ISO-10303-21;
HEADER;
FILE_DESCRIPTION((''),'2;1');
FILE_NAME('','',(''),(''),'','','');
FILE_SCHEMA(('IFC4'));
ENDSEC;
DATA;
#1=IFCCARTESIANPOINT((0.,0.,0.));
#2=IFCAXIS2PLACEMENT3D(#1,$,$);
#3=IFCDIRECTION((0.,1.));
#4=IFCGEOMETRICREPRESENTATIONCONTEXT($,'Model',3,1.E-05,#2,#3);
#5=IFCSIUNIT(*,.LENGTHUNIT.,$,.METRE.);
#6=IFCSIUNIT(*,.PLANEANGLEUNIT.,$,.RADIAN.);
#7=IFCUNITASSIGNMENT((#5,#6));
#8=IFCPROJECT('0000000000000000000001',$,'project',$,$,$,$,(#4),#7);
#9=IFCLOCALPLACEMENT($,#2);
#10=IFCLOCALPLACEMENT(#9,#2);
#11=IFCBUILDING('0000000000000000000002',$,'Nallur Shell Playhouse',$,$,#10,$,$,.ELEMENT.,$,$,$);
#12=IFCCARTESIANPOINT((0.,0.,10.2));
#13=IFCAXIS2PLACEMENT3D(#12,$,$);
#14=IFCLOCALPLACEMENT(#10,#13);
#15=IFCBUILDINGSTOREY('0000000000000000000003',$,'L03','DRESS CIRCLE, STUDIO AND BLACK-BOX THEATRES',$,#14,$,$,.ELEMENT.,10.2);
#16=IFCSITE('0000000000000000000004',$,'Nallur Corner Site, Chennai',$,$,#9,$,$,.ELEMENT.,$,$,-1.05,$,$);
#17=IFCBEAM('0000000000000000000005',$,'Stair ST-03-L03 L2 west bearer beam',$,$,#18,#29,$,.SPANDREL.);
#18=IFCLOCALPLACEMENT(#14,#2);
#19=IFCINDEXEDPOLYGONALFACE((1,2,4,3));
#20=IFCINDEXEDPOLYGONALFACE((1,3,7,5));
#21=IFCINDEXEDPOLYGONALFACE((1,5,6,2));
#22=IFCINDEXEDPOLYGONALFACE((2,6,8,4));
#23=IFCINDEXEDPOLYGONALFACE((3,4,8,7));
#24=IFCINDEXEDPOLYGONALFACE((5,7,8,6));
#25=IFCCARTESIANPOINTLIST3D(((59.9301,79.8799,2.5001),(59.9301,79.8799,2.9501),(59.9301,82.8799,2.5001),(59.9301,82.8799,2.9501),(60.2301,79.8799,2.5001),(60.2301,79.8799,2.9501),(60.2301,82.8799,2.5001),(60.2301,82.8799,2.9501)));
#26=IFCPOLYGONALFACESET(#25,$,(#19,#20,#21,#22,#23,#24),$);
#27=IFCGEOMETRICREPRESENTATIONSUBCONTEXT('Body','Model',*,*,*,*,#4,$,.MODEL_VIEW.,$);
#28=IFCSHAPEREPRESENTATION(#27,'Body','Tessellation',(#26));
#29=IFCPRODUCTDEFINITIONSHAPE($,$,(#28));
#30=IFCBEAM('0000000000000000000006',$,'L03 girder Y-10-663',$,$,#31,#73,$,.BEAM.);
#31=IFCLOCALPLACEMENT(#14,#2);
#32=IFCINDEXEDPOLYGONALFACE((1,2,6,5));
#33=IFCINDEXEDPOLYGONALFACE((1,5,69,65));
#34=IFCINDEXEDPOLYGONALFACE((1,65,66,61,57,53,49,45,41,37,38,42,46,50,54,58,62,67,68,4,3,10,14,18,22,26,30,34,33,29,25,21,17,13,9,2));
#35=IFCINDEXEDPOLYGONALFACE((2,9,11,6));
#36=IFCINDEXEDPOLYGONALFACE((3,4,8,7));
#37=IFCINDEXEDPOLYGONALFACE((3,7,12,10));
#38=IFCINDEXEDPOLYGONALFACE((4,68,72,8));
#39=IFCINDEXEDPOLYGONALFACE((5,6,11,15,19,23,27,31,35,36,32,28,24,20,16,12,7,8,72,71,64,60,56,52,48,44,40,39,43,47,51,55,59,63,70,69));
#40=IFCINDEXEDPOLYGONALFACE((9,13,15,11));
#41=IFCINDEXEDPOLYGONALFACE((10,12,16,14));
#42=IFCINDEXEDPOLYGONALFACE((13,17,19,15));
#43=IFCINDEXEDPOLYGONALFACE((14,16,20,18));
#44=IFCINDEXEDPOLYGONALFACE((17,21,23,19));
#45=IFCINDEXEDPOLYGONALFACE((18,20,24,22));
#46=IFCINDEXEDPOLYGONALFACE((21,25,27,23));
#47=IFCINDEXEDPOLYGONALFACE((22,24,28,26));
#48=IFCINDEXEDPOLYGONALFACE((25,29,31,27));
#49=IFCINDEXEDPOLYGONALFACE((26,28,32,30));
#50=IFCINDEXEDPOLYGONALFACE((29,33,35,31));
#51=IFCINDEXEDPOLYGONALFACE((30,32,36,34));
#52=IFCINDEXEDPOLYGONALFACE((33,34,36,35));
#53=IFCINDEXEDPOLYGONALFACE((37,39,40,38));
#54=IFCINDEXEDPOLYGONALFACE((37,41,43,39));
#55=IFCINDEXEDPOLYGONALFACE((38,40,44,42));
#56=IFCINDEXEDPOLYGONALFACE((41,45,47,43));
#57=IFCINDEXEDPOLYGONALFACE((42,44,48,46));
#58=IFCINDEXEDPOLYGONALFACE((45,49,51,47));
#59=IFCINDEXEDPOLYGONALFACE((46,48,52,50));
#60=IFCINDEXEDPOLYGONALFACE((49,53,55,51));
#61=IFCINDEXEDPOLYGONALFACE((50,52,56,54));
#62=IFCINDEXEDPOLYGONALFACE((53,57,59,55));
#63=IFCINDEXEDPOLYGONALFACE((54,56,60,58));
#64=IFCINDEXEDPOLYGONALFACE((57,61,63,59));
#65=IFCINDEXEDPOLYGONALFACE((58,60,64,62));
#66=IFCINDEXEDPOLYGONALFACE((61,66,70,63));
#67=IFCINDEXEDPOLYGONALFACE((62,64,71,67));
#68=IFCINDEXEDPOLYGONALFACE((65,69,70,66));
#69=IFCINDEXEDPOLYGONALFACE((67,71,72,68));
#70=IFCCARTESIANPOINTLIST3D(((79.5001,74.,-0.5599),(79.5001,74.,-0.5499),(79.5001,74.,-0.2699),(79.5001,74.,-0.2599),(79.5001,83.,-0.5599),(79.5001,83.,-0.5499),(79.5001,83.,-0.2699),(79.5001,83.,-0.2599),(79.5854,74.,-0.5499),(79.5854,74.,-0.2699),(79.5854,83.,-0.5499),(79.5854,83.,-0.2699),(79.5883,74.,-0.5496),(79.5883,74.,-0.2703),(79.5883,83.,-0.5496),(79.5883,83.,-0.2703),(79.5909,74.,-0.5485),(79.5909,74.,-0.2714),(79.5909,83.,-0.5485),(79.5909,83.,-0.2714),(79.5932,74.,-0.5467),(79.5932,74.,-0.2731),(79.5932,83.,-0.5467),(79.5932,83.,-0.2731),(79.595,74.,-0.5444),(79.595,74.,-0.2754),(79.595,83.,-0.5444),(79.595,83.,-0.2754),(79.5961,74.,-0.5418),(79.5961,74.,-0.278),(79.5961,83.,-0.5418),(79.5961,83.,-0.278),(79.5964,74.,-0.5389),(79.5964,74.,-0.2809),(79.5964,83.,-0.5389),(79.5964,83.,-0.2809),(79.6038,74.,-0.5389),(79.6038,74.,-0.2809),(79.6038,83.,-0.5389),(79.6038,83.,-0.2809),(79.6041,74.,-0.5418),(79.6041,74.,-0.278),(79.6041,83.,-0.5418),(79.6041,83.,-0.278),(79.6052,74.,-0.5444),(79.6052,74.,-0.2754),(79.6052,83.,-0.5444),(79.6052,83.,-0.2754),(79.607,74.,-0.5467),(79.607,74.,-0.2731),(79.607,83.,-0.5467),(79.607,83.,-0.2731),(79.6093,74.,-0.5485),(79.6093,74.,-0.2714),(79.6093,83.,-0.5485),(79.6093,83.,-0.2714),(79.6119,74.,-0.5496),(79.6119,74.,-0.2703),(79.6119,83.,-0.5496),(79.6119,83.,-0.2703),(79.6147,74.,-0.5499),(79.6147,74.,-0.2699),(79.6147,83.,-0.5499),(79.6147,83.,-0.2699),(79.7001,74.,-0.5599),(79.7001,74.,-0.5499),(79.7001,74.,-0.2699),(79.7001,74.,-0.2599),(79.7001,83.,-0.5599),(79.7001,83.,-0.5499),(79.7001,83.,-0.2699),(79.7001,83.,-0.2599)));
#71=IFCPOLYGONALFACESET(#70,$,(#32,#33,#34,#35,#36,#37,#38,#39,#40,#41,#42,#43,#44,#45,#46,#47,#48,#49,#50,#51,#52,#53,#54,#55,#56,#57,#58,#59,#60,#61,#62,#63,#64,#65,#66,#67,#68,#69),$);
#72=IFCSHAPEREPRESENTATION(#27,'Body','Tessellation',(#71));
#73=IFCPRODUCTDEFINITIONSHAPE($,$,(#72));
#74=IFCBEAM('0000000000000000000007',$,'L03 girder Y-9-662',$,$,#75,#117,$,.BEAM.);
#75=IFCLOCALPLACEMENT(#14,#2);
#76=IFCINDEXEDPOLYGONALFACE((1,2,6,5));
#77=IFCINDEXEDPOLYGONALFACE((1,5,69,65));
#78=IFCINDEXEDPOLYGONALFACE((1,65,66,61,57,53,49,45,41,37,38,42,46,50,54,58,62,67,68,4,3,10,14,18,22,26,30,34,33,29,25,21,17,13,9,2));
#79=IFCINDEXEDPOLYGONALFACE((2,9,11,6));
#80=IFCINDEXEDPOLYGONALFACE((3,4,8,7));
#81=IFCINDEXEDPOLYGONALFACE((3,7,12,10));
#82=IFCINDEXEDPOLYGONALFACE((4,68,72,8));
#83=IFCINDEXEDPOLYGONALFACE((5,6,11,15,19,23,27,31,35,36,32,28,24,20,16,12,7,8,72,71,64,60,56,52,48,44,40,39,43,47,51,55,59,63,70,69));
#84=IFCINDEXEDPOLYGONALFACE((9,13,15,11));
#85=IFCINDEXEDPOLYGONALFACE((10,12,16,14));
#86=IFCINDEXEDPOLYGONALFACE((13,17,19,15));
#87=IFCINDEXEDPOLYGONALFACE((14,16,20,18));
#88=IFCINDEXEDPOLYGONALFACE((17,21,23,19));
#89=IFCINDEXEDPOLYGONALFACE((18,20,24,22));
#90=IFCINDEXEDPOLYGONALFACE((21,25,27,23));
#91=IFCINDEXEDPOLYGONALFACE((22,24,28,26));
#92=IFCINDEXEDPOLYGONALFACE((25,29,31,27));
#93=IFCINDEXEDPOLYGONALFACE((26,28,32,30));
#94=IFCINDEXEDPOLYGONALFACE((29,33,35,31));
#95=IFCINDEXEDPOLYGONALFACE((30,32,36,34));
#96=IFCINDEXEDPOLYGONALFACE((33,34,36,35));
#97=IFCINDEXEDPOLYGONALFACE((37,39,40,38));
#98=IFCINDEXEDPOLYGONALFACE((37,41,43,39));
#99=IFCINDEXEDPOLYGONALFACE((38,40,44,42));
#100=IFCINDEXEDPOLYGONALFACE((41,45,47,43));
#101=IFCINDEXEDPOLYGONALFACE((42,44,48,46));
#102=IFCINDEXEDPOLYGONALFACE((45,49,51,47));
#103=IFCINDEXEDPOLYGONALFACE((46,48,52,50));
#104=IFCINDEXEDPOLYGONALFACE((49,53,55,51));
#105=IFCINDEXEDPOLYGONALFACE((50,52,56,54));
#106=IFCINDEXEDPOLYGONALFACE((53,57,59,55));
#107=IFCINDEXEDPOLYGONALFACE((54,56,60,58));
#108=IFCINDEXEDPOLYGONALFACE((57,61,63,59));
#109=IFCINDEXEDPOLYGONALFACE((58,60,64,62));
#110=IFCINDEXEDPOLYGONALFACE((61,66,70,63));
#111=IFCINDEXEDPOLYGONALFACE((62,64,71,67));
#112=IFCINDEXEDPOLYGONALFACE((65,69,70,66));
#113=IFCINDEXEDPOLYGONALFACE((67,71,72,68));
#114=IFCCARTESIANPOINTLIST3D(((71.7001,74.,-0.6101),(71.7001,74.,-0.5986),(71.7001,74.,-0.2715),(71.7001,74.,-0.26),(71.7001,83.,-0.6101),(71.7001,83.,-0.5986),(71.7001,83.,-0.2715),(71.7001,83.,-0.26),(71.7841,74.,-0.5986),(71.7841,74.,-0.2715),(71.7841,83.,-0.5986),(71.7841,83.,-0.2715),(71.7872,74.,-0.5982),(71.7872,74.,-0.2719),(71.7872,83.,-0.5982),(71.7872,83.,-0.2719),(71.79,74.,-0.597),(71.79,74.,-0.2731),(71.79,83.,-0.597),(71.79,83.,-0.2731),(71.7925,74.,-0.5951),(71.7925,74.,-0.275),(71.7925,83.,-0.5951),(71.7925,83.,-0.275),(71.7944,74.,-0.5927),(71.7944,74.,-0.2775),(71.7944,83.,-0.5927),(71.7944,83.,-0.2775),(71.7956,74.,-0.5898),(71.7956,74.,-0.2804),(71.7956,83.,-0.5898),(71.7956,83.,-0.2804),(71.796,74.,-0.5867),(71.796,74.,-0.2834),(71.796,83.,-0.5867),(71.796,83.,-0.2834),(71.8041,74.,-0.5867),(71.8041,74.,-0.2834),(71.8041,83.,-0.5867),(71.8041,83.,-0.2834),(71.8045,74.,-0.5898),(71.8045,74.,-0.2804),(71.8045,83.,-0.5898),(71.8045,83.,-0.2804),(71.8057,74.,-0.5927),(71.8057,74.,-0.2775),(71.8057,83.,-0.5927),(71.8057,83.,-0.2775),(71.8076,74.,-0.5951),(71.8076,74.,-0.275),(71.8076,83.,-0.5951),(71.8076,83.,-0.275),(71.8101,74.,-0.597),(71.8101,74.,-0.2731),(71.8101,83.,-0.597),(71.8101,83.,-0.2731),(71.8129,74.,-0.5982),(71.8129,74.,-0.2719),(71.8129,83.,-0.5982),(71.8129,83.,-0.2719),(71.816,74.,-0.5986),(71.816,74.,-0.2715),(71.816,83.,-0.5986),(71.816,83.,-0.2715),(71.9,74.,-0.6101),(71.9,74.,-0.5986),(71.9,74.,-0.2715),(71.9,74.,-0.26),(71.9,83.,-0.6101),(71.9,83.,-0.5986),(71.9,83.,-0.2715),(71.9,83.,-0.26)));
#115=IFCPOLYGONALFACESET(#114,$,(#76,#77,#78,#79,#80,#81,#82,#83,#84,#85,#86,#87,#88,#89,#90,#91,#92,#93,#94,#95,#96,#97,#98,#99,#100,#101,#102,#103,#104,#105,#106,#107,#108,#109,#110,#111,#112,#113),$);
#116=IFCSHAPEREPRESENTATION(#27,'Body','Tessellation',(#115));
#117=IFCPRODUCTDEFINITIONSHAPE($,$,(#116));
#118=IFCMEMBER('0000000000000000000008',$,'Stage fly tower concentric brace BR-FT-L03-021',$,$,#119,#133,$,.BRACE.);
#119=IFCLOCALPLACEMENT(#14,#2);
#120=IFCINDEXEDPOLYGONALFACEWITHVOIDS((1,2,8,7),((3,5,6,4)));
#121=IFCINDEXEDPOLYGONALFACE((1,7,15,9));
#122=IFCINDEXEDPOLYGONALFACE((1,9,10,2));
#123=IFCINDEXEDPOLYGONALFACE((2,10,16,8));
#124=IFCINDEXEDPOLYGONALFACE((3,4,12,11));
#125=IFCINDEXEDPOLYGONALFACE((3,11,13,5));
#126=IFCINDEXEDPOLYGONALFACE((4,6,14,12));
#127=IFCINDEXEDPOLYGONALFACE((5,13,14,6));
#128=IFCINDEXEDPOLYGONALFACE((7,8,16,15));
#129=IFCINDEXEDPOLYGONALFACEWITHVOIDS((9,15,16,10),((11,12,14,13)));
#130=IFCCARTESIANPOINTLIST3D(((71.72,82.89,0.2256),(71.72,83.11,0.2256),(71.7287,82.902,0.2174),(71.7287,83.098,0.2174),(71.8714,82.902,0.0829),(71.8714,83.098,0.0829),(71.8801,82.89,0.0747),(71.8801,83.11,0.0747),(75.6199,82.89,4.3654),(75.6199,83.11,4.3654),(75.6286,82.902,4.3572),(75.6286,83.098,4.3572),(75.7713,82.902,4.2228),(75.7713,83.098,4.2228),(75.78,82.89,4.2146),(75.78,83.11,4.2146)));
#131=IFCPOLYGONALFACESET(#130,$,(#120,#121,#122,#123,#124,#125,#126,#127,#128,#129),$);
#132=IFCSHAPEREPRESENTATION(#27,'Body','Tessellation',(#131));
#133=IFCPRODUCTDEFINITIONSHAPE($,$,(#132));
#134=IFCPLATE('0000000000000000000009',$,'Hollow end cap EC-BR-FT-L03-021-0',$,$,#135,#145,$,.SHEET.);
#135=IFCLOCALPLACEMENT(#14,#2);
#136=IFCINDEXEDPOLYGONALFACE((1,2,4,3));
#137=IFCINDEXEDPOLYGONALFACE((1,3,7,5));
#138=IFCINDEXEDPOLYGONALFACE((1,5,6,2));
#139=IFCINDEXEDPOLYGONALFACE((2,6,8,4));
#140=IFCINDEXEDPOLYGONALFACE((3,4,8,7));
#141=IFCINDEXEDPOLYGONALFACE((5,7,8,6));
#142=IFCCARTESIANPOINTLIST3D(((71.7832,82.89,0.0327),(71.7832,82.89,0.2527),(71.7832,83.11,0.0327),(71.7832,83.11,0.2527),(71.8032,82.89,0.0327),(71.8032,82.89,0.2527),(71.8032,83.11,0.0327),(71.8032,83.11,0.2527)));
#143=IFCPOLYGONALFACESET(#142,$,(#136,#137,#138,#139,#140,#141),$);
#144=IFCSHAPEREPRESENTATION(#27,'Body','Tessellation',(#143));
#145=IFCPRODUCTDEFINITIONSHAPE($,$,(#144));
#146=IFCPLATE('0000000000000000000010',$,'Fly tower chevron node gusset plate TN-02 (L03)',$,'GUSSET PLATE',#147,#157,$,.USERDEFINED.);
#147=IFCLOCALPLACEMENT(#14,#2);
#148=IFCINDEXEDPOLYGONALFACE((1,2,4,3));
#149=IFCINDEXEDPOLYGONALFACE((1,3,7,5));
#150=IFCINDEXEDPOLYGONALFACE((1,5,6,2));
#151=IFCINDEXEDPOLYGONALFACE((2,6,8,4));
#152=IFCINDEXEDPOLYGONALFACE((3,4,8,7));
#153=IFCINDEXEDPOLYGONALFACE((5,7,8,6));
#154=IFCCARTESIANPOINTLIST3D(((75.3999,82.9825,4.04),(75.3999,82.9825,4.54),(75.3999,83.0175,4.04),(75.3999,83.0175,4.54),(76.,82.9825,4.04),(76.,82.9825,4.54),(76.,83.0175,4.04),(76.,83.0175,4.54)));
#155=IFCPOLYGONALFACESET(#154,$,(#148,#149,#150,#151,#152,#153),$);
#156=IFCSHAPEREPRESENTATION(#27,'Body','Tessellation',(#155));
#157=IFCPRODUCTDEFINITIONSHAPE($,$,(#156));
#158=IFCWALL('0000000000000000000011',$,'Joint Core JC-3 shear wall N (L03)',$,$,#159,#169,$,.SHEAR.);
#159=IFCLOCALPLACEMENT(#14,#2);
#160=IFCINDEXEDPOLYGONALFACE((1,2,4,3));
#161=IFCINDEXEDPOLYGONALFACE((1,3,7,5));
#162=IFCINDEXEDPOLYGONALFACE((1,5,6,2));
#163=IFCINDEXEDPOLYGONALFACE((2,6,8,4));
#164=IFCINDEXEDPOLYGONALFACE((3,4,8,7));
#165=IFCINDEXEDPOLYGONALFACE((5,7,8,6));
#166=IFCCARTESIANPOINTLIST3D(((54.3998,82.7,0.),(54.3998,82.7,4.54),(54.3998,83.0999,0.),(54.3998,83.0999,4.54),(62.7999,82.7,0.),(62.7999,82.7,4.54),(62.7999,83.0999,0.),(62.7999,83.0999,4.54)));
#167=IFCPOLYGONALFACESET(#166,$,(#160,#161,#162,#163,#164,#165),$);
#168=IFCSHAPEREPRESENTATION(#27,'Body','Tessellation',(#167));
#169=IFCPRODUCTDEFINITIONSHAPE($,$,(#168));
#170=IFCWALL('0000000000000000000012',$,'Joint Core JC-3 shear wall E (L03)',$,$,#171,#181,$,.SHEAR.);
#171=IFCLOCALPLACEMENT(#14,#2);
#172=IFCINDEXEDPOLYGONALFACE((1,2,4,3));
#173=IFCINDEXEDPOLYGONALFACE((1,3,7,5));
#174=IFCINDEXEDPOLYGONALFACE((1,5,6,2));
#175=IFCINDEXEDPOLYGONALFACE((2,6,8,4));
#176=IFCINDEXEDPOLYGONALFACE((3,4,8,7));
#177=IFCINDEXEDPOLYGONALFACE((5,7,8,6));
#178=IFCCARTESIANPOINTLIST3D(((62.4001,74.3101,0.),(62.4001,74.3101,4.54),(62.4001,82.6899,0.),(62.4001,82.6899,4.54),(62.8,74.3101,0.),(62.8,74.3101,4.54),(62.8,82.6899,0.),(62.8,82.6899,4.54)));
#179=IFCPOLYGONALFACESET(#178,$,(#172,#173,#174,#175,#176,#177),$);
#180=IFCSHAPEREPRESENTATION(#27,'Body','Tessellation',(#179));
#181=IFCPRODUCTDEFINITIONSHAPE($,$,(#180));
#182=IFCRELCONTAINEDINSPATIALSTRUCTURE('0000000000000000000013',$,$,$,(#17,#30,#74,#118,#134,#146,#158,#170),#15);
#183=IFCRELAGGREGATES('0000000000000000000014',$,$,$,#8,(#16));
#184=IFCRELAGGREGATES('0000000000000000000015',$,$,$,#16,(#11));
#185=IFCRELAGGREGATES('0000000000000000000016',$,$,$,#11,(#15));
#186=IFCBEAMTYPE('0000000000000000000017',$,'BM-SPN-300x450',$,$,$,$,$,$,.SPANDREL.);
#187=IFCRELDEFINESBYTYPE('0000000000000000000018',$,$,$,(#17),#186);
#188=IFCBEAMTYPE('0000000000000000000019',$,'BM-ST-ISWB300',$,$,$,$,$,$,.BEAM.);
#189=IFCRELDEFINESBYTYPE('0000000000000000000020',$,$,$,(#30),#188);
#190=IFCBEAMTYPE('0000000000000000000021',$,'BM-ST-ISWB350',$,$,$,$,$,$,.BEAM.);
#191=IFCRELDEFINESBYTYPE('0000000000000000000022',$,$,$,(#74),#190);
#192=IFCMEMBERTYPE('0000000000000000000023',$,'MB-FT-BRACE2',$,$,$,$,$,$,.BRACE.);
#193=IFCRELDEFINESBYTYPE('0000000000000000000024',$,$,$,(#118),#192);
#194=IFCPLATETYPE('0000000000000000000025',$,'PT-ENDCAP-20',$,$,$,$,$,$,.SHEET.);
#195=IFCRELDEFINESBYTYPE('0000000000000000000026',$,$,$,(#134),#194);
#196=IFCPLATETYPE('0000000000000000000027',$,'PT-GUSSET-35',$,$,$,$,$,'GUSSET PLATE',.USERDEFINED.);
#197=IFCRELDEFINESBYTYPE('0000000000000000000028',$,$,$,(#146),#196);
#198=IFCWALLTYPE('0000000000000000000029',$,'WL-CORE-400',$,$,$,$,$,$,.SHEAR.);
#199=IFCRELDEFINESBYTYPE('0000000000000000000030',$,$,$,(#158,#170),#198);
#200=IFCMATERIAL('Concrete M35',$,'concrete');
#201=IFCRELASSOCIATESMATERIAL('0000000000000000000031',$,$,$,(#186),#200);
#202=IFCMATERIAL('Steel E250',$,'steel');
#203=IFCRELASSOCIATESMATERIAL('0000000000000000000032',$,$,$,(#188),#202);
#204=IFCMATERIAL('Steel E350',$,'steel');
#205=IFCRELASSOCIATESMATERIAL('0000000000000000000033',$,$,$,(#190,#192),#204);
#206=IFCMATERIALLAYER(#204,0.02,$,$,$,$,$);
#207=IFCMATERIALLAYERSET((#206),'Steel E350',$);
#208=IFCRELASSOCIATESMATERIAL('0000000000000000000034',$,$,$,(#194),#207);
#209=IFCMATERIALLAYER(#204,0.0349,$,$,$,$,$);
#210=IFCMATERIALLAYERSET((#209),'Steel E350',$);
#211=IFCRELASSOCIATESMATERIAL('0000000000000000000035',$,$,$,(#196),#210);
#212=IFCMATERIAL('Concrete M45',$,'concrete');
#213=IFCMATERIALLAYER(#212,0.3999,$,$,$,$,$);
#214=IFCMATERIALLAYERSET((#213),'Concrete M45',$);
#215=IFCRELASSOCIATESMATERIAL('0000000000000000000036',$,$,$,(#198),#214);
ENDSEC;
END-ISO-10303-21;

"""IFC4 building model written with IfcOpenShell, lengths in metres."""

from ifc_helpers import new_model, si_unit, direction, frame, frame_2d, origin, origin_2d, place, context, subcontext, project, spatial, rectangle, hollow_rectangle, i_section, extrude, material, layer, layer_set, material_profile, profile_set, type_object, element, save


model = new_model("IFC4")

# Units and contexts
model_context = context("Model", 3, precision=1e-05, world=origin(), true_north=direction((0.0, 1.0)))
body_context = subcontext(model_context, "Body", "Model", "MODEL_VIEW")
ifc_project = project(units=[si_unit("LENGTHUNIT", "METRE"), si_unit("PLANEANGLEUNIT", "RADIAN")], contexts=[model_context])

# Site, building, storey
site_placement = place(None, origin())
site = spatial("IfcSite", under=ifc_project, at=site_placement, Name="Nallur Corner Site, Chennai", CompositionType="ELEMENT", RefElevation=-1.05)
building_placement = place(site_placement, origin())
building = spatial("IfcBuilding", under=site, at=building_placement, Name="Nallur Shell Playhouse", CompositionType="ELEMENT")
storey_placement = place(building_placement, frame((0.0, 0.0, 10.2)))
storey = spatial("IfcBuildingStorey", under=building, at=storey_placement, Name="L03", Description="DRESS CIRCLE, STUDIO AND BLACK-BOX THEATRES", CompositionType="ELEMENT", Elevation=10.2)

# Shared definitions
ifc_material_1 = material(Name="Steel E350", Category="steel")

# Beams
ifc_material_2 = material(Name="Steel E250", Category="steel")
ifc_material_3 = material(Name="Concrete M35", Category="concrete")
ifc_material_profile_1 = material_profile(ifc_material_3, rectangle(XDim=0.3, YDim=0.45, at=origin_2d()), Name="RC 300x450")
ifc_profile_set_1 = profile_set([ifc_material_profile_1], Name="Concrete M35")
beam_type_1 = type_object("IfcBeamType", Name="BM-SPN-300x450", PredefinedType="SPANDREL", material=ifc_profile_set_1)
beam_1_placement = place(storey_placement, frame((60.0801, 79.8799, 2.7251), z_axis=(0.0, 1.0, 0.0), x_axis=(-1.0, 0.0, 0.0)))
element("IfcBeam", 1, at=beam_1_placement, inside=storey, type_object=beam_type_1, Name="Stair ST-03-L03 L2 west bearer beam", PredefinedType="SPANDREL", context=body_context, shape_type="SweptSolid", body=[
    extrude(rectangle(XDim=0.3, YDim=0.45, at=origin_2d()), origin(), (0.0, 0.0, 1.0), 3.0),
])
ifc_material_profile_2 = material_profile(ifc_material_2, i_section(OverallWidth=0.2, OverallDepth=0.3, WebThickness=0.0073, FlangeThickness=0.01, FilletRadius=0.011, at=origin_2d()), Name="ISWB 300")
ifc_profile_set_2 = profile_set([ifc_material_profile_2], Name="Steel E250")
beam_type_2 = type_object("IfcBeamType", Name="BM-ST-ISWB300", PredefinedType="BEAM", material=ifc_profile_set_2)
beam_2_placement = place(storey_placement, frame((79.6001, 74.0, -0.4099), z_axis=(0.0, 1.0, 0.0), x_axis=(-1.0, 0.0, 0.0)))
element("IfcBeam", 2, at=beam_2_placement, inside=storey, type_object=beam_type_2, Name="L03 girder Y-10-663", PredefinedType="BEAM", context=body_context, shape_type="SweptSolid", body=[
    extrude(i_section(OverallWidth=0.2, OverallDepth=0.3, WebThickness=0.0073, FlangeThickness=0.01, FilletRadius=0.011, at=origin_2d()), origin(), (0.0, 0.0, 1.0), 9.0),
])
ifc_material_profile_3 = material_profile(ifc_material_1, i_section(OverallWidth=0.2, OverallDepth=0.3501, WebThickness=0.0081, FlangeThickness=0.0115, FilletRadius=0.012, at=origin_2d()), Name="ISWB 350")
ifc_profile_set_3 = profile_set([ifc_material_profile_3], Name="Steel E350")
beam_type_3 = type_object("IfcBeamType", Name="BM-ST-ISWB350", PredefinedType="BEAM", material=ifc_profile_set_3)
beam_3_placement = place(storey_placement, frame((71.8, 74.0, -0.4351), z_axis=(0.0, 1.0, 0.0), x_axis=(-1.0, 0.0, 0.0)))
element("IfcBeam", 3, at=beam_3_placement, inside=storey, type_object=beam_type_3, Name="L03 girder Y-9-662", PredefinedType="BEAM", context=body_context, shape_type="SweptSolid", body=[
    extrude(i_section(OverallWidth=0.2, OverallDepth=0.3501, WebThickness=0.0081, FlangeThickness=0.0115, FilletRadius=0.012, at=origin_2d()), origin(), (0.0, 0.0, 1.0), 9.0),
])

# Member
ifc_material_profile_4 = material_profile(ifc_material_1, hollow_rectangle(XDim=0.22, YDim=0.22, WallThickness=0.012, at=origin_2d()), Name="SHS 220x220x12")
ifc_profile_set_4 = profile_set([ifc_material_profile_4], Name="Steel E350")
member_type = type_object("IfcMemberType", Name="MB-FT-BRACE2", PredefinedType="BRACE", material=ifc_profile_set_4)
member_placement = place(storey_placement, frame((71.8, 83.0, 0.1501), z_axis=(0.685694, 0.0, 0.72789), x_axis=(0.0, 1.0, 0.0)))
element("IfcMember", 4, at=member_placement, inside=storey, type_object=member_type, Name="Stage fly tower concentric brace BR-FT-L03-021", PredefinedType="BRACE", context=body_context, shape_type="SweptSolid", body=[
    extrude(hollow_rectangle(XDim=0.22, YDim=0.22, WallThickness=0.012, at=origin_2d()), origin(), (0.0, 0.0, 1.0), 5.6875),
])

# Plates
ifc_layer_1 = layer(ifc_material_1, 0.02)
ifc_layer_set_1 = layer_set([ifc_layer_1], Name="Steel E350")
plate_type_1 = type_object("IfcPlateType", Name="PT-ENDCAP-20", PredefinedType="SHEET", material=ifc_layer_set_1)
plate_1_placement = place(storey_placement, frame((71.7932, 83.0, 0.0327), z_axis=(0.0, 0.0, 1.0), x_axis=(1.0, 0.0, 0.0)))
element("IfcPlate", 5, at=plate_1_placement, inside=storey, type_object=plate_type_1, Name="Hollow end cap EC-BR-FT-L03-021-0", PredefinedType="SHEET", context=body_context, shape_type="SweptSolid", body=[
    extrude(rectangle(XDim=0.02, YDim=0.22, at=origin_2d()), origin(), (0.0, 0.0, 1.0), 0.22),
])
ifc_layer_2 = layer(ifc_material_1, 0.0349)
ifc_layer_set_2 = layer_set([ifc_layer_2], Name="Steel E350")
plate_type_2 = type_object("IfcPlateType", Name="PT-GUSSET-35", ElementType="GUSSET PLATE", PredefinedType="USERDEFINED", material=ifc_layer_set_2)
plate_2_placement = place(storey_placement, frame((75.7, 83.0, 4.04), z_axis=(0.0, 0.0, 1.0), x_axis=(1.0, 0.0, 0.0)))
element("IfcPlate", 6, at=plate_2_placement, inside=storey, type_object=plate_type_2, Name="Fly tower chevron node gusset plate TN-02 (L03)", ObjectType="GUSSET PLATE", PredefinedType="USERDEFINED", context=body_context, shape_type="SweptSolid", body=[
    extrude(rectangle(XDim=0.6001, YDim=0.0349, at=origin_2d()), origin(), (0.0, 0.0, 1.0), 0.5),
])

# Walls
ifc_material_4 = material(Name="Concrete M45", Category="concrete")
ifc_layer_3 = layer(ifc_material_4, 0.3999)
ifc_layer_set_3 = layer_set([ifc_layer_3], Name="Concrete M45")
wall_type_1 = type_object("IfcWallType", Name="WL-CORE-400", PredefinedType="SHEAR", material=ifc_layer_set_3)
wall_1_placement = place(storey_placement, frame((62.8, 82.8999, 0.0), z_axis=(0.0, 0.0, 1.0), x_axis=(-1.0, 0.0, 0.0)))
element("IfcWall", 7, at=wall_1_placement, inside=storey, type_object=wall_type_1, Name="Joint Core JC-3 shear wall N (L03)", PredefinedType="SHEAR", context=body_context, shape_type="SweptSolid", body=[
    extrude(rectangle(XDim=8.4001, YDim=0.3999, at=frame_2d((4.2002, 0.0))), origin(), (0.0, 0.0, 1.0), 4.54),
])
wall_2_placement = place(storey_placement, frame((62.6001, 74.3101, 0.0), z_axis=(0.0, 0.0, 1.0), x_axis=(0.0, 1.0, 0.0)))
element("IfcWall", 8, at=wall_2_placement, inside=storey, type_object=wall_type_1, Name="Joint Core JC-3 shear wall E (L03)", PredefinedType="SHEAR", context=body_context, shape_type="SweptSolid", body=[
    extrude(rectangle(XDim=8.3799, YDim=0.3999, at=frame_2d((4.1899, 0.0))), origin(), (0.0, 0.0, 1.0), 4.54),
])

save(model, "model.ifc")
